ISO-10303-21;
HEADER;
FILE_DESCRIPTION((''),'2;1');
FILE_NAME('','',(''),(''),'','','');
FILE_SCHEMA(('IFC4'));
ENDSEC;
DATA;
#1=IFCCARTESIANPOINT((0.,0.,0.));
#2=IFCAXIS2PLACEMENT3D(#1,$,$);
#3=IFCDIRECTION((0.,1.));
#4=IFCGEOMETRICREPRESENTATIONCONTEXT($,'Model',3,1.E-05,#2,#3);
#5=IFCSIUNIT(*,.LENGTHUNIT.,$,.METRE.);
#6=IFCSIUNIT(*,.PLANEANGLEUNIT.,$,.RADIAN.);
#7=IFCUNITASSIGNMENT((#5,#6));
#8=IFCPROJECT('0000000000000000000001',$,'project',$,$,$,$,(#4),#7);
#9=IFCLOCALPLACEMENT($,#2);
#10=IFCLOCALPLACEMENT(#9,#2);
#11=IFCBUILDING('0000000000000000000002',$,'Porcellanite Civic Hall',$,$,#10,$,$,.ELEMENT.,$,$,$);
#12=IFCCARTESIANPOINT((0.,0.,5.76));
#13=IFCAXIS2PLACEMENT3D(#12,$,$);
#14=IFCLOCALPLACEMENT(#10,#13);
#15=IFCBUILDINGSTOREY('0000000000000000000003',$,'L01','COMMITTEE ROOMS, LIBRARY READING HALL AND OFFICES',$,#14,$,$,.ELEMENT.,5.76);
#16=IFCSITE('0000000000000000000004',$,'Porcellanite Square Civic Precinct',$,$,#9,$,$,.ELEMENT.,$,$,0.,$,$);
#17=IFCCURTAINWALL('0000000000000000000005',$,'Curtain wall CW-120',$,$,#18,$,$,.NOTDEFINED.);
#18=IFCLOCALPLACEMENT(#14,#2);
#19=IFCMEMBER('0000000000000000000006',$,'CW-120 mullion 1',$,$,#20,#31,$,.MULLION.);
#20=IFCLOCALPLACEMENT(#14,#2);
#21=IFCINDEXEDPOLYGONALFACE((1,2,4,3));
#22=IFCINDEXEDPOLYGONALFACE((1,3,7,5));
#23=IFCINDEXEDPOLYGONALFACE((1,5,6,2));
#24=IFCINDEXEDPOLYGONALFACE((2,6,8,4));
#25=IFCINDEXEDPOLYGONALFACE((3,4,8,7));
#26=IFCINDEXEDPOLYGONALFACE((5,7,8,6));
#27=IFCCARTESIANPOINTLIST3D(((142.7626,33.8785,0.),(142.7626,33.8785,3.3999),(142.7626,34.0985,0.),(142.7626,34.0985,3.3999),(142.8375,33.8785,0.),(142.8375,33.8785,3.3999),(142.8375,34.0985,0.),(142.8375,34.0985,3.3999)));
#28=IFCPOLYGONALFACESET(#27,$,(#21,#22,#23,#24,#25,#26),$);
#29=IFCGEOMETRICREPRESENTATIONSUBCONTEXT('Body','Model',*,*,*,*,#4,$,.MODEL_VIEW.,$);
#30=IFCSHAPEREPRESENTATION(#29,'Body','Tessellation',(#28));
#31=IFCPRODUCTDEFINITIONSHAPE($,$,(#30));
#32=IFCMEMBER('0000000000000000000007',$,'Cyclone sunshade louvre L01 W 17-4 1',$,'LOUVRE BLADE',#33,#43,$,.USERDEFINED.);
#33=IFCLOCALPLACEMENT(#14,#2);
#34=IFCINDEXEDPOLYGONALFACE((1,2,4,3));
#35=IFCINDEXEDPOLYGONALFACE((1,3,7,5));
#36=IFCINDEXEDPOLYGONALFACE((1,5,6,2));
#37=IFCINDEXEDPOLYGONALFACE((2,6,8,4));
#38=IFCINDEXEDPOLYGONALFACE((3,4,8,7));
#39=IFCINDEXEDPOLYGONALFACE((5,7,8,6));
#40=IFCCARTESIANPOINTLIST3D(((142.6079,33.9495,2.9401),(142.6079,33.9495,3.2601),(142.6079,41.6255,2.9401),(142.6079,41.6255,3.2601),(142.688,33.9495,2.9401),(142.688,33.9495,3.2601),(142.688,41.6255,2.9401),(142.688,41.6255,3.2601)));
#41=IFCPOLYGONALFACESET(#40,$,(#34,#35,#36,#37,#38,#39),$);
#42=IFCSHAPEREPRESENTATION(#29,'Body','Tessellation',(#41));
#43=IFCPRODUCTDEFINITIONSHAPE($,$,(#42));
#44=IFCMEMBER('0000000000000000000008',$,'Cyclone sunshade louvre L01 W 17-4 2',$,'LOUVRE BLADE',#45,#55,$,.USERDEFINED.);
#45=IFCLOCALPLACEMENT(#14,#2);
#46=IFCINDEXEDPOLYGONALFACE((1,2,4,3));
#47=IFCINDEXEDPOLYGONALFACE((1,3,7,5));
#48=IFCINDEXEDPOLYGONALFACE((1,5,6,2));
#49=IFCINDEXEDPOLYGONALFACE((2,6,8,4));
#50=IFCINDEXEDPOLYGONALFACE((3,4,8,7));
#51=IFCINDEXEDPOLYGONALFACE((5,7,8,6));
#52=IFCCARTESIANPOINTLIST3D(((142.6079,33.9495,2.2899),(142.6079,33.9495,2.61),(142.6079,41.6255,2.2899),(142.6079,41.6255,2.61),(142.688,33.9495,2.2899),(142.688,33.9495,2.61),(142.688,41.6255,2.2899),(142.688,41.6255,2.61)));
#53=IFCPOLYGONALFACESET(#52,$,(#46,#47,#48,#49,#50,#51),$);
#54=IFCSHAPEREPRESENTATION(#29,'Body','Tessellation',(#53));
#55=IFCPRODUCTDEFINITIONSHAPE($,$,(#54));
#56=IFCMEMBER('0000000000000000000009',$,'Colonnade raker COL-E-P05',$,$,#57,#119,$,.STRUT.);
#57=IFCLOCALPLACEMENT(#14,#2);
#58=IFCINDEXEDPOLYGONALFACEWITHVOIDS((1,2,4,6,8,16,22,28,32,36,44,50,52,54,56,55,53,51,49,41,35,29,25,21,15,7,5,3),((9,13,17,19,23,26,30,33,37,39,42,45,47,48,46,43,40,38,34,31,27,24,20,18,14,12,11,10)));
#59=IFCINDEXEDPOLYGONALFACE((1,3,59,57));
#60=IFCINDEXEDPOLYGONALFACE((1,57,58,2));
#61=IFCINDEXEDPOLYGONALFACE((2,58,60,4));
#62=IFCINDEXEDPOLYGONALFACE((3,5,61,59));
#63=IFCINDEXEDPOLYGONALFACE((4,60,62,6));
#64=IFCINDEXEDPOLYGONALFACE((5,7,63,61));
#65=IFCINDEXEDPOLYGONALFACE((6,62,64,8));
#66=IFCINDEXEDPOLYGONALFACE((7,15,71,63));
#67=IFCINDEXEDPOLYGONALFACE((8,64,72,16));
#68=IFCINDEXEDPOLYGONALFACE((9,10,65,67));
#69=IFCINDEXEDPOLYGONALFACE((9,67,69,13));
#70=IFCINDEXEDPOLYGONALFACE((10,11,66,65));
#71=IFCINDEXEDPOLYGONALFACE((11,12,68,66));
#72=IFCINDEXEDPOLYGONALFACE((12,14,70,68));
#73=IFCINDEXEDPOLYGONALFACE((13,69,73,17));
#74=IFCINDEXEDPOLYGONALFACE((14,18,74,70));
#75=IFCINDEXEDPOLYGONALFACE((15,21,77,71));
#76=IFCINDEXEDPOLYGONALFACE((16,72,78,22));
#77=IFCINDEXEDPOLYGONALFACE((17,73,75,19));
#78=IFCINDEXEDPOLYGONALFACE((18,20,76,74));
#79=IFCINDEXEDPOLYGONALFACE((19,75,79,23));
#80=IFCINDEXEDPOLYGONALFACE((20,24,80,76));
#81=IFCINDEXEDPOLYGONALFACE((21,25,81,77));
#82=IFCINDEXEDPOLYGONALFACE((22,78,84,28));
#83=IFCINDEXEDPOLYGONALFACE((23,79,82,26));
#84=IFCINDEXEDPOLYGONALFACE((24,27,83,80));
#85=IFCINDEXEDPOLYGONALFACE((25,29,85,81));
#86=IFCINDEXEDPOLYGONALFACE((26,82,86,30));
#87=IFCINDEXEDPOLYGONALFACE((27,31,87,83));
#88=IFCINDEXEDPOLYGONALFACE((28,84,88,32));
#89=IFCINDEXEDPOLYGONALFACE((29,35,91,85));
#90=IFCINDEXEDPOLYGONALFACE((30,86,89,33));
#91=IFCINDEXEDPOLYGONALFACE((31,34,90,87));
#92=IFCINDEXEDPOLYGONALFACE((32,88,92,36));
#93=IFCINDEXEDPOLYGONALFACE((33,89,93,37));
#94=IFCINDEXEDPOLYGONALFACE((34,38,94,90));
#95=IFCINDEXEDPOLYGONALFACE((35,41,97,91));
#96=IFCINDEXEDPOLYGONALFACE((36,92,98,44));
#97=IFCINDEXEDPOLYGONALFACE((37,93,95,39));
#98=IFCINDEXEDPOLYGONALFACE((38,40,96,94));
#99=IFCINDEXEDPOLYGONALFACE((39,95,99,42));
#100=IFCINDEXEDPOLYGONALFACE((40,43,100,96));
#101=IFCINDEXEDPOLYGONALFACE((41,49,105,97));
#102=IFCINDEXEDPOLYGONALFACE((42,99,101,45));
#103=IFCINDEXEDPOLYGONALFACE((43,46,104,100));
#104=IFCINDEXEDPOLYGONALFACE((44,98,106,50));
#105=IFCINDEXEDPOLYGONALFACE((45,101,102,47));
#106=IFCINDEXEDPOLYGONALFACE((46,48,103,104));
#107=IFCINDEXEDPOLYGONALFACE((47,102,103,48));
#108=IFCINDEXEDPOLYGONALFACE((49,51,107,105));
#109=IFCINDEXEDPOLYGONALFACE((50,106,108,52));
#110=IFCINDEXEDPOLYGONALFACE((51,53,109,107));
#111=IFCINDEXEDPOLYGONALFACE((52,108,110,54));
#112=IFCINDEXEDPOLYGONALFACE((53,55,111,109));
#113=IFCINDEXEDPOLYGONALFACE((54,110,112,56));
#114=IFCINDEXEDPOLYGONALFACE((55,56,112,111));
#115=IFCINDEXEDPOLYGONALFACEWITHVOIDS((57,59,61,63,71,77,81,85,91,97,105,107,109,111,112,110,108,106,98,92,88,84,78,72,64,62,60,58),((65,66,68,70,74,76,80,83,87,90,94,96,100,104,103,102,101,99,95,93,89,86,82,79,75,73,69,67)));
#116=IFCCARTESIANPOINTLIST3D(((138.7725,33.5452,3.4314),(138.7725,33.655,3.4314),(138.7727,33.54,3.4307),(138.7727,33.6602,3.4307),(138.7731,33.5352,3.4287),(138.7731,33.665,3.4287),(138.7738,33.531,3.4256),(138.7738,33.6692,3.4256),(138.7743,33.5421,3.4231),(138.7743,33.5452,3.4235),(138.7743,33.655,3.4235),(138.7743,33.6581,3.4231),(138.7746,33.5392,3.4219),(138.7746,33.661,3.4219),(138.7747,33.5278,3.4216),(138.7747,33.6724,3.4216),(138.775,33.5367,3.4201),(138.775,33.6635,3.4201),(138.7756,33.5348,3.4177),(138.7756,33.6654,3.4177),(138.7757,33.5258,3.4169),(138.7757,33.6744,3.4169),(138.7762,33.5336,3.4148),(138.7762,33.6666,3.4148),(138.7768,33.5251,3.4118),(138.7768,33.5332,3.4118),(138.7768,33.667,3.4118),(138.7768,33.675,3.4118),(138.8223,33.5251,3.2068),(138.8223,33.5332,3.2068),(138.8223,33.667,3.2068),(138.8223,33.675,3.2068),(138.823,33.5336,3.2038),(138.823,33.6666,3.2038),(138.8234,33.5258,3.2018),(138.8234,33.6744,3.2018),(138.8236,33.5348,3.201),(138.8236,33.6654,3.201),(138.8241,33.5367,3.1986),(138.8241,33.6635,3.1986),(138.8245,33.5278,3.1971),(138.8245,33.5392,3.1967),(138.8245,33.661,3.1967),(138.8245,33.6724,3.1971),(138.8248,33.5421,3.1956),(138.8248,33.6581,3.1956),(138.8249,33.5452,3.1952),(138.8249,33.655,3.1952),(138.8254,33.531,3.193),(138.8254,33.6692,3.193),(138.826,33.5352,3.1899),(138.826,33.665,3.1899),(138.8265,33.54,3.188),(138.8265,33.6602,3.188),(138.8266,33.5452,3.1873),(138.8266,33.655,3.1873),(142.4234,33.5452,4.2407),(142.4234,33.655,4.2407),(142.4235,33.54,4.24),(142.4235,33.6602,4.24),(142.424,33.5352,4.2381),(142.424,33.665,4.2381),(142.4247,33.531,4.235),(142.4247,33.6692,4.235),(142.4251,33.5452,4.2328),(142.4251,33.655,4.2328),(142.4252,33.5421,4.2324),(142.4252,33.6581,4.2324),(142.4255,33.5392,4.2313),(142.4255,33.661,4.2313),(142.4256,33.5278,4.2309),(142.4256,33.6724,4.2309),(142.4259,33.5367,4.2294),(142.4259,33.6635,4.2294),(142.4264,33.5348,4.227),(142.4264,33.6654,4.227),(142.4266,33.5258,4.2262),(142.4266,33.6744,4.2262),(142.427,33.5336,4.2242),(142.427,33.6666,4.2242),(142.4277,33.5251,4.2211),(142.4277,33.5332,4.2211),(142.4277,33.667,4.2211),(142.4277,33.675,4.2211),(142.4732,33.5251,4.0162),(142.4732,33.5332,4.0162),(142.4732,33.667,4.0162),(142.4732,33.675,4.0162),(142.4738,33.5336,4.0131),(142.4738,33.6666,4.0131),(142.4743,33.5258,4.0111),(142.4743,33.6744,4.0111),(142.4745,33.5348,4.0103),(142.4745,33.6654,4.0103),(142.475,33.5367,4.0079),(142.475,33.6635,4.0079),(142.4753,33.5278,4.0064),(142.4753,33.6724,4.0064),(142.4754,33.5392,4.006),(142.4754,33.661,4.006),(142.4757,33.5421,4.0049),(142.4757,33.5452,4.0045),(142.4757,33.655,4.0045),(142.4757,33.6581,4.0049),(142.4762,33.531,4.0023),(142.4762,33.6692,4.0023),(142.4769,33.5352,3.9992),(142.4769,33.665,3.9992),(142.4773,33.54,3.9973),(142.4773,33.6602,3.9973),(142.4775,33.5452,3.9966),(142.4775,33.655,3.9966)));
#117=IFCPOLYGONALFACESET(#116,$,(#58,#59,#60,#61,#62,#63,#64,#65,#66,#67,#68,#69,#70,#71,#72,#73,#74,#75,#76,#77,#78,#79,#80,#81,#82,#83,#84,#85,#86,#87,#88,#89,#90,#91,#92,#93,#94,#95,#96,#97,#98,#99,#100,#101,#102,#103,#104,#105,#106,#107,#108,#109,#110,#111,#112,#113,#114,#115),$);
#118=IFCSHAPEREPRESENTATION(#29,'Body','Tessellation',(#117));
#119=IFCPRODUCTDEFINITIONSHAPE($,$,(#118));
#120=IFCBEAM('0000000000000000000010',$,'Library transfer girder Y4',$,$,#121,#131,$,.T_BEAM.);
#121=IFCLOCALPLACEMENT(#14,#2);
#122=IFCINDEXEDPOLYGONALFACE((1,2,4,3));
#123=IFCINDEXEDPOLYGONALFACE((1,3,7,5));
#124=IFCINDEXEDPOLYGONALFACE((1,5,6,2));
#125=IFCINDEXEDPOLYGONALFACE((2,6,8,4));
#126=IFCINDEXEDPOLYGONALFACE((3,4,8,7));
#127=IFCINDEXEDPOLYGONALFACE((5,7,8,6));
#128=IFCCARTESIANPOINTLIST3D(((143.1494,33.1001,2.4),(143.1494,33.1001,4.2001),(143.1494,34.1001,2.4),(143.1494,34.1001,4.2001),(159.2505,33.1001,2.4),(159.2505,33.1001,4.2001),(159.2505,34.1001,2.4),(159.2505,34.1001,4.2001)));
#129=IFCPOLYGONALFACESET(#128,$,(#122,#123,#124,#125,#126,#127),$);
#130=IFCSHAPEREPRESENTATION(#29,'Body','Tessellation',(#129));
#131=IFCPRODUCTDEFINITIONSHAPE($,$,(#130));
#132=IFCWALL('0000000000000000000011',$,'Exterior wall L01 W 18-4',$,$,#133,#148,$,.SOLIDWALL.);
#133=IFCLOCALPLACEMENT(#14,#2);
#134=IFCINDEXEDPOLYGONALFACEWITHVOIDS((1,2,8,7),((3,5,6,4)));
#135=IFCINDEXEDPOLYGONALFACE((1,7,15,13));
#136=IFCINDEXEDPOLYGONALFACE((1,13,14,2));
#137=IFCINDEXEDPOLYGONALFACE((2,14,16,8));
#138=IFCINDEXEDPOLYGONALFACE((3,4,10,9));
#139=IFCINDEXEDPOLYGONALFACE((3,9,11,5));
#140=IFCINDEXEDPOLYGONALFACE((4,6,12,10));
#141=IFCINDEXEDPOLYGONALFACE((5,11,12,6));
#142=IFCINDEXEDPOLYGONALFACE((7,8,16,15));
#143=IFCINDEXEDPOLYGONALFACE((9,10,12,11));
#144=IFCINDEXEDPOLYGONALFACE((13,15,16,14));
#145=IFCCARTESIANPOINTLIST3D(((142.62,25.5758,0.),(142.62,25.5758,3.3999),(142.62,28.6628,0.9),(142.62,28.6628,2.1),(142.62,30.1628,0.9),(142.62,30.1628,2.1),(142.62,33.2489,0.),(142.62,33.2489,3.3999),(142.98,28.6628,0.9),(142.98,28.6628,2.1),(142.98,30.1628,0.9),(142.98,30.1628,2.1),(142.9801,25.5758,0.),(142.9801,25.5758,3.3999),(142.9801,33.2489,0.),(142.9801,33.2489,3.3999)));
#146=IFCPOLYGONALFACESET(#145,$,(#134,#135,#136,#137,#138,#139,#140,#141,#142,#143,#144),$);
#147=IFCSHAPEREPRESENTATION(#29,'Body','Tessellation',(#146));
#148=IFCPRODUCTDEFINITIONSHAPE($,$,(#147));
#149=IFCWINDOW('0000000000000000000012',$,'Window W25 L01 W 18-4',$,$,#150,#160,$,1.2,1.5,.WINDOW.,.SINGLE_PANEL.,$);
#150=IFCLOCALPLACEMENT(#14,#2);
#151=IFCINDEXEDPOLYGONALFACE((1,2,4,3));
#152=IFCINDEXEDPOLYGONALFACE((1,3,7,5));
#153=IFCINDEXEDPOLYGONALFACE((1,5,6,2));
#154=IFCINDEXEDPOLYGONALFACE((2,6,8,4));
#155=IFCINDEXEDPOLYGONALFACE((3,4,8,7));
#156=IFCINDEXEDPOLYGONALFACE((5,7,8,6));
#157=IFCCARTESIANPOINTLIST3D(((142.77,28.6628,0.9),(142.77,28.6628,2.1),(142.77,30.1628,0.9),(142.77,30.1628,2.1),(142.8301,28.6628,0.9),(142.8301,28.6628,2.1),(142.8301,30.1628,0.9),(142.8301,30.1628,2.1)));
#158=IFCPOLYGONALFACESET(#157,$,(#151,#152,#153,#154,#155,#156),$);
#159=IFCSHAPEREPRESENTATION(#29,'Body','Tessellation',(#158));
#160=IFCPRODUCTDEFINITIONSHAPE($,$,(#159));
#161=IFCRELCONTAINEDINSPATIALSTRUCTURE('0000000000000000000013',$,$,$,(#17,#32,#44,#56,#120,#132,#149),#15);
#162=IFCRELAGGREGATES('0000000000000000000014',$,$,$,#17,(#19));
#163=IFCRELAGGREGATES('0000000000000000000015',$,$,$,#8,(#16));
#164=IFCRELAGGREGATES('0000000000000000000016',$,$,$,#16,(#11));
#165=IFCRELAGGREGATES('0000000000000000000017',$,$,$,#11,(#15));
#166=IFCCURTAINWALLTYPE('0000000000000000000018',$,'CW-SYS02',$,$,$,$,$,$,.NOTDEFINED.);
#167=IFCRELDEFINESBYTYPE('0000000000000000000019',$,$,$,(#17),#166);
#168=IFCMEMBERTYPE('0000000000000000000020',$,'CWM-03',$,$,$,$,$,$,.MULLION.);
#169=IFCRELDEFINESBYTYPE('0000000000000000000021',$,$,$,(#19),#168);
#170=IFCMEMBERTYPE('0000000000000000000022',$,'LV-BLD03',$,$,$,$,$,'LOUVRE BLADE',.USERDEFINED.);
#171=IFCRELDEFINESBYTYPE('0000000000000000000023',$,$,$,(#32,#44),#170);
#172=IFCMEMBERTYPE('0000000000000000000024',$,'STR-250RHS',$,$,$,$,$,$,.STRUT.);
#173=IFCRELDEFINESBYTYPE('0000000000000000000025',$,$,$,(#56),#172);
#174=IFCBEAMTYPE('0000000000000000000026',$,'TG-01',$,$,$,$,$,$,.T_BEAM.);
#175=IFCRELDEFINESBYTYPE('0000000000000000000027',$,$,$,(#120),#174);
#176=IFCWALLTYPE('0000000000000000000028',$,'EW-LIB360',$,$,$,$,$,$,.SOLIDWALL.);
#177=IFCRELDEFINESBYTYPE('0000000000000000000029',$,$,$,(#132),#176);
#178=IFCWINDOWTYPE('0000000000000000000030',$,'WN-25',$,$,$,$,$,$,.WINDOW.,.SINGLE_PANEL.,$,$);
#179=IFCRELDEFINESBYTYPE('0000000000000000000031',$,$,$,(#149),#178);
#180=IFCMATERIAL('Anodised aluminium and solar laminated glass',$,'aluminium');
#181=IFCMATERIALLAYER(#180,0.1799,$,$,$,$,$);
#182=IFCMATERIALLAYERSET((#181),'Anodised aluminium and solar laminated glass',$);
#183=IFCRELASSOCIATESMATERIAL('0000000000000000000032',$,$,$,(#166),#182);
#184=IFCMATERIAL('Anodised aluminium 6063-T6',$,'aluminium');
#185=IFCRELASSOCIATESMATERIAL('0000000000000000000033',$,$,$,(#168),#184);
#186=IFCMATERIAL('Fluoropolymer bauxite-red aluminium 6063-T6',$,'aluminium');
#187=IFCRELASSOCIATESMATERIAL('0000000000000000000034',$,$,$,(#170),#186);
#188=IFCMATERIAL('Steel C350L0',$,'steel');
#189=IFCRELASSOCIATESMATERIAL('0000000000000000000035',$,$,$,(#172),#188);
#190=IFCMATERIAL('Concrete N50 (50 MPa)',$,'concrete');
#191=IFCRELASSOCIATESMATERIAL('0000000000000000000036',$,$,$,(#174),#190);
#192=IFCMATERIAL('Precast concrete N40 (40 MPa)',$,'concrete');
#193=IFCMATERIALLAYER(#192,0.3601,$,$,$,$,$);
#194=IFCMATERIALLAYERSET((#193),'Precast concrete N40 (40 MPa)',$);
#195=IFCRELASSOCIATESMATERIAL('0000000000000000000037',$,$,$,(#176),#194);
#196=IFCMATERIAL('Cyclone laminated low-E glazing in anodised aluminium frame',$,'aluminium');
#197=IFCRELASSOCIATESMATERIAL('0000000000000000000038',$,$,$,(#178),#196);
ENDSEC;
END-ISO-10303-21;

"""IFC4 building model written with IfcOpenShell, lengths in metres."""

from ifc_helpers import new_model, si_unit, direction, frame, frame_2d, origin, origin_2d, place, context, subcontext, project, spatial, rectangle, hollow_rectangle, extrude, material, layer, layer_set, material_profile, profile_set, type_object, element, fill, aggregate, save


model = new_model("IFC4")

# Units and contexts
model_context = context("Model", 3, precision=1e-05, world=origin(), true_north=direction((0.0, 1.0)))
body_context = subcontext(model_context, "Body", "Model", "MODEL_VIEW")
ifc_project = project(units=[si_unit("LENGTHUNIT", "METRE"), si_unit("PLANEANGLEUNIT", "RADIAN")], contexts=[model_context])

# Site, building, storey
site_placement = place(None, origin())
site = spatial("IfcSite", under=ifc_project, at=site_placement, Name="Porcellanite Square Civic Precinct", CompositionType="ELEMENT", RefElevation=0.0)
building_placement = place(site_placement, origin())
building = spatial("IfcBuilding", under=site, at=building_placement, Name="Porcellanite Civic Hall", CompositionType="ELEMENT")
storey_placement = place(building_placement, frame((0.0, 0.0, 5.76)))
storey = spatial("IfcBuildingStorey", under=building, at=storey_placement, Name="L01", Description="COMMITTEE ROOMS, LIBRARY READING HALL AND OFFICES", CompositionType="ELEMENT", Elevation=5.76)

# Curtain wall, member
ifc_material_1 = material(Name="Anodised aluminium and solar laminated glass", Category="aluminium")
ifc_layer_1 = layer(ifc_material_1, 0.1799)
ifc_layer_set_1 = layer_set([ifc_layer_1], Name="Anodised aluminium and solar laminated glass")
curtain_wall_type = type_object("IfcCurtainWallType", Name="CW-SYS02", PredefinedType="NOTDEFINED", material=ifc_layer_set_1)
curtain_wall_placement = place(storey_placement, origin())
curtain_wall = element("IfcCurtainWall", 1, at=curtain_wall_placement, inside=storey, type_object=curtain_wall_type, Name="Curtain wall CW-120", PredefinedType="NOTDEFINED")
ifc_material_2 = material(Name="Anodised aluminium 6063-T6", Category="aluminium")
ifc_material_profile_1 = material_profile(ifc_material_2, rectangle(XDim=0.075, YDim=0.22, at=origin_2d()), Name="AL-75x220")
ifc_profile_set_1 = profile_set([ifc_material_profile_1], Name="Anodised aluminium 6063-T6")
member_type_1 = type_object("IfcMemberType", Name="CWM-03", PredefinedType="MULLION", material=ifc_profile_set_1)
member_1_placement = place(storey_placement, frame((142.8, 33.9885, 0.0), z_axis=(0.0, 0.0, 1.0), x_axis=(-1.0, 0.0, 0.0)))
member_1 = element("IfcMember", 2, at=member_1_placement, type_object=member_type_1, Name="CW-120 mullion 1", PredefinedType="MULLION", context=body_context, shape_type="SweptSolid", body=[
    extrude(rectangle(XDim=0.075, YDim=0.22, at=origin_2d()), origin(), (0.0, 0.0, 1.0), 3.3999),
])
aggregate(curtain_wall, [member_1])

# Members
ifc_material_3 = material(Name="Fluoropolymer bauxite-red aluminium 6063-T6", Category="aluminium")
ifc_material_profile_2 = material_profile(ifc_material_3, rectangle(XDim=0.0801, YDim=0.3201, at=origin_2d()), Name="AL-80x320")
ifc_profile_set_2 = profile_set([ifc_material_profile_2], Name="Fluoropolymer bauxite-red aluminium 6063-T6")
member_type_2 = type_object("IfcMemberType", Name="LV-BLD03", ElementType="LOUVRE BLADE", PredefinedType="USERDEFINED", material=ifc_profile_set_2)
for number, where, z_axis, x_axis, name in (
    (3, (142.6479, 33.9495, 3.1001), (0.0, 1.0, 0.0), (-1.0, 0.0, 0.0), "Cyclone sunshade louvre L01 W 17-4 1"),
    (4, (142.6479, 33.9495, 2.45), (0.0, 1.0, 0.0), (-1.0, 0.0, 0.0), "Cyclone sunshade louvre L01 W 17-4 2"),
):
    element("IfcMember", number, at=place(storey_placement, frame(where, z_axis=z_axis, x_axis=x_axis)), inside=storey, type_object=member_type_2, Name=name, ObjectType="LOUVRE BLADE", PredefinedType="USERDEFINED", context=body_context, shape_type="SweptSolid", body=[
        extrude(rectangle(XDim=0.0801, YDim=0.3201, at=origin_2d()), origin(), (0.0, 0.0, 1.0), 7.676),
    ])
ifc_material_4 = material(Name="Steel C350L0", Category="steel")
ifc_material_profile_3 = material_profile(ifc_material_4, hollow_rectangle(XDim=0.1499, YDim=0.25, WallThickness=0.0081, InnerFilletRadius=0.012, OuterFilletRadius=0.02, at=origin_2d()), Name="250x150x8.0RHS")
ifc_profile_set_3 = profile_set([ifc_material_profile_3], Name="Steel C350L0")
member_type_3 = type_object("IfcMemberType", Name="STR-250RHS", PredefinedType="STRUT", material=ifc_profile_set_3)
member_2_placement = place(storey_placement, frame((142.4504, 33.6001, 4.1187), z_axis=(-0.976299, 0.0, -0.216426), x_axis=(0.0, -1.0, 0.0)))
element("IfcMember", 5, at=member_2_placement, inside=storey, type_object=member_type_3, Name="Colonnade raker COL-E-P05", PredefinedType="STRUT", context=body_context, shape_type="SweptSolid", body=[
    extrude(hollow_rectangle(XDim=0.1499, YDim=0.25, WallThickness=0.0081, InnerFilletRadius=0.012, OuterFilletRadius=0.02, at=origin_2d()), origin(), (0.0, 0.0, 1.0), 3.7395),
])

# Beam
ifc_material_5 = material(Name="Concrete N50 (50 MPa)", Category="concrete")
ifc_material_profile_4 = material_profile(ifc_material_5, rectangle(XDim=1.0, YDim=1.8, at=origin_2d()), Name="RC-1000x1800")
ifc_profile_set_4 = profile_set([ifc_material_profile_4], Name="Concrete N50 (50 MPa)")
beam_type_1 = type_object("IfcBeamType", Name="TG-01", PredefinedType="T_BEAM", material=ifc_profile_set_4)
beam_1_placement = place(storey_placement, frame((143.1494, 33.6001, 3.3), z_axis=(1.0, 0.0, 0.0), x_axis=(0.0, 1.0, 0.0)))
element("IfcBeam", 6, at=beam_1_placement, inside=storey, type_object=beam_type_1, Name="Library transfer girder Y4", PredefinedType="T_BEAM", context=body_context, shape_type="SweptSolid", body=[
    extrude(rectangle(XDim=1.0, YDim=1.8, at=origin_2d()), origin(), (0.0, 0.0, 1.0), 16.1011),
])

# Wall, opening, window
ifc_material_6 = material(Name="Precast concrete N40 (40 MPa)", Category="concrete")
ifc_layer_2 = layer(ifc_material_6, 0.3601)
ifc_layer_set_2 = layer_set([ifc_layer_2], Name="Precast concrete N40 (40 MPa)")
wall_type = type_object("IfcWallType", Name="EW-LIB360", PredefinedType="SOLIDWALL", material=ifc_layer_set_2)
wall_placement = place(storey_placement, frame((142.8, 25.5759, 0.0), z_axis=(0.0, 0.0, 1.0), x_axis=(0.0, 1.0, 0.0)))
wall = element("IfcWall", 7, at=wall_placement, inside=storey, type_object=wall_type, Name="Exterior wall L01 W 18-4", PredefinedType="SOLIDWALL", context=body_context, shape_type="SweptSolid", body=[
    extrude(rectangle(XDim=7.6731, YDim=0.3601, at=frame_2d((3.8364, 0.0))), origin(), (0.0, 0.0, 1.0), 3.3999),
])
opening_placement = place(wall_placement, frame((3.0869, 0.0, 0.8999)))
opening = element("IfcOpeningElement", 8, at=opening_placement, cuts=wall, PredefinedType="OPENING", context=body_context, shape_type="SweptSolid", body=[
    extrude(rectangle(XDim=1.5, YDim=1.2, at=frame_2d((0.75, 0.6001))), frame((0.0, 0.1802, 0.0), z_axis=(0.0, -1.0, 0.0), x_axis=(1.0, 0.0, 0.0)), (0.0, 0.0, 1.0), 0.3601),
])
ifc_material_7 = material(Name="Cyclone laminated low-E glazing in anodised aluminium frame", Category="aluminium")
window_type = type_object("IfcWindowType", Name="WN-25", PartitioningType="SINGLE_PANEL", PredefinedType="WINDOW", material=ifc_material_7)
window_placement = place(opening_placement, origin())
window = element("IfcWindow", 9, at=window_placement, inside=storey, type_object=window_type, Name="Window W25 L01 W 18-4", OverallHeight=1.2, OverallWidth=1.5, PartitioningType="SINGLE_PANEL", PredefinedType="WINDOW", context=body_context, shape_type="SweptSolid", body=[
    extrude(rectangle(XDim=1.5, YDim=1.2, at=frame_2d((0.75, 0.6001))), frame((0.0, 0.03, 0.0), z_axis=(0.0, -1.0, 0.0), x_axis=(1.0, 0.0, 0.0)), (0.0, 0.0, 1.0), 0.0601),
])
fill(opening, window)

save(model, "model.ifc")
